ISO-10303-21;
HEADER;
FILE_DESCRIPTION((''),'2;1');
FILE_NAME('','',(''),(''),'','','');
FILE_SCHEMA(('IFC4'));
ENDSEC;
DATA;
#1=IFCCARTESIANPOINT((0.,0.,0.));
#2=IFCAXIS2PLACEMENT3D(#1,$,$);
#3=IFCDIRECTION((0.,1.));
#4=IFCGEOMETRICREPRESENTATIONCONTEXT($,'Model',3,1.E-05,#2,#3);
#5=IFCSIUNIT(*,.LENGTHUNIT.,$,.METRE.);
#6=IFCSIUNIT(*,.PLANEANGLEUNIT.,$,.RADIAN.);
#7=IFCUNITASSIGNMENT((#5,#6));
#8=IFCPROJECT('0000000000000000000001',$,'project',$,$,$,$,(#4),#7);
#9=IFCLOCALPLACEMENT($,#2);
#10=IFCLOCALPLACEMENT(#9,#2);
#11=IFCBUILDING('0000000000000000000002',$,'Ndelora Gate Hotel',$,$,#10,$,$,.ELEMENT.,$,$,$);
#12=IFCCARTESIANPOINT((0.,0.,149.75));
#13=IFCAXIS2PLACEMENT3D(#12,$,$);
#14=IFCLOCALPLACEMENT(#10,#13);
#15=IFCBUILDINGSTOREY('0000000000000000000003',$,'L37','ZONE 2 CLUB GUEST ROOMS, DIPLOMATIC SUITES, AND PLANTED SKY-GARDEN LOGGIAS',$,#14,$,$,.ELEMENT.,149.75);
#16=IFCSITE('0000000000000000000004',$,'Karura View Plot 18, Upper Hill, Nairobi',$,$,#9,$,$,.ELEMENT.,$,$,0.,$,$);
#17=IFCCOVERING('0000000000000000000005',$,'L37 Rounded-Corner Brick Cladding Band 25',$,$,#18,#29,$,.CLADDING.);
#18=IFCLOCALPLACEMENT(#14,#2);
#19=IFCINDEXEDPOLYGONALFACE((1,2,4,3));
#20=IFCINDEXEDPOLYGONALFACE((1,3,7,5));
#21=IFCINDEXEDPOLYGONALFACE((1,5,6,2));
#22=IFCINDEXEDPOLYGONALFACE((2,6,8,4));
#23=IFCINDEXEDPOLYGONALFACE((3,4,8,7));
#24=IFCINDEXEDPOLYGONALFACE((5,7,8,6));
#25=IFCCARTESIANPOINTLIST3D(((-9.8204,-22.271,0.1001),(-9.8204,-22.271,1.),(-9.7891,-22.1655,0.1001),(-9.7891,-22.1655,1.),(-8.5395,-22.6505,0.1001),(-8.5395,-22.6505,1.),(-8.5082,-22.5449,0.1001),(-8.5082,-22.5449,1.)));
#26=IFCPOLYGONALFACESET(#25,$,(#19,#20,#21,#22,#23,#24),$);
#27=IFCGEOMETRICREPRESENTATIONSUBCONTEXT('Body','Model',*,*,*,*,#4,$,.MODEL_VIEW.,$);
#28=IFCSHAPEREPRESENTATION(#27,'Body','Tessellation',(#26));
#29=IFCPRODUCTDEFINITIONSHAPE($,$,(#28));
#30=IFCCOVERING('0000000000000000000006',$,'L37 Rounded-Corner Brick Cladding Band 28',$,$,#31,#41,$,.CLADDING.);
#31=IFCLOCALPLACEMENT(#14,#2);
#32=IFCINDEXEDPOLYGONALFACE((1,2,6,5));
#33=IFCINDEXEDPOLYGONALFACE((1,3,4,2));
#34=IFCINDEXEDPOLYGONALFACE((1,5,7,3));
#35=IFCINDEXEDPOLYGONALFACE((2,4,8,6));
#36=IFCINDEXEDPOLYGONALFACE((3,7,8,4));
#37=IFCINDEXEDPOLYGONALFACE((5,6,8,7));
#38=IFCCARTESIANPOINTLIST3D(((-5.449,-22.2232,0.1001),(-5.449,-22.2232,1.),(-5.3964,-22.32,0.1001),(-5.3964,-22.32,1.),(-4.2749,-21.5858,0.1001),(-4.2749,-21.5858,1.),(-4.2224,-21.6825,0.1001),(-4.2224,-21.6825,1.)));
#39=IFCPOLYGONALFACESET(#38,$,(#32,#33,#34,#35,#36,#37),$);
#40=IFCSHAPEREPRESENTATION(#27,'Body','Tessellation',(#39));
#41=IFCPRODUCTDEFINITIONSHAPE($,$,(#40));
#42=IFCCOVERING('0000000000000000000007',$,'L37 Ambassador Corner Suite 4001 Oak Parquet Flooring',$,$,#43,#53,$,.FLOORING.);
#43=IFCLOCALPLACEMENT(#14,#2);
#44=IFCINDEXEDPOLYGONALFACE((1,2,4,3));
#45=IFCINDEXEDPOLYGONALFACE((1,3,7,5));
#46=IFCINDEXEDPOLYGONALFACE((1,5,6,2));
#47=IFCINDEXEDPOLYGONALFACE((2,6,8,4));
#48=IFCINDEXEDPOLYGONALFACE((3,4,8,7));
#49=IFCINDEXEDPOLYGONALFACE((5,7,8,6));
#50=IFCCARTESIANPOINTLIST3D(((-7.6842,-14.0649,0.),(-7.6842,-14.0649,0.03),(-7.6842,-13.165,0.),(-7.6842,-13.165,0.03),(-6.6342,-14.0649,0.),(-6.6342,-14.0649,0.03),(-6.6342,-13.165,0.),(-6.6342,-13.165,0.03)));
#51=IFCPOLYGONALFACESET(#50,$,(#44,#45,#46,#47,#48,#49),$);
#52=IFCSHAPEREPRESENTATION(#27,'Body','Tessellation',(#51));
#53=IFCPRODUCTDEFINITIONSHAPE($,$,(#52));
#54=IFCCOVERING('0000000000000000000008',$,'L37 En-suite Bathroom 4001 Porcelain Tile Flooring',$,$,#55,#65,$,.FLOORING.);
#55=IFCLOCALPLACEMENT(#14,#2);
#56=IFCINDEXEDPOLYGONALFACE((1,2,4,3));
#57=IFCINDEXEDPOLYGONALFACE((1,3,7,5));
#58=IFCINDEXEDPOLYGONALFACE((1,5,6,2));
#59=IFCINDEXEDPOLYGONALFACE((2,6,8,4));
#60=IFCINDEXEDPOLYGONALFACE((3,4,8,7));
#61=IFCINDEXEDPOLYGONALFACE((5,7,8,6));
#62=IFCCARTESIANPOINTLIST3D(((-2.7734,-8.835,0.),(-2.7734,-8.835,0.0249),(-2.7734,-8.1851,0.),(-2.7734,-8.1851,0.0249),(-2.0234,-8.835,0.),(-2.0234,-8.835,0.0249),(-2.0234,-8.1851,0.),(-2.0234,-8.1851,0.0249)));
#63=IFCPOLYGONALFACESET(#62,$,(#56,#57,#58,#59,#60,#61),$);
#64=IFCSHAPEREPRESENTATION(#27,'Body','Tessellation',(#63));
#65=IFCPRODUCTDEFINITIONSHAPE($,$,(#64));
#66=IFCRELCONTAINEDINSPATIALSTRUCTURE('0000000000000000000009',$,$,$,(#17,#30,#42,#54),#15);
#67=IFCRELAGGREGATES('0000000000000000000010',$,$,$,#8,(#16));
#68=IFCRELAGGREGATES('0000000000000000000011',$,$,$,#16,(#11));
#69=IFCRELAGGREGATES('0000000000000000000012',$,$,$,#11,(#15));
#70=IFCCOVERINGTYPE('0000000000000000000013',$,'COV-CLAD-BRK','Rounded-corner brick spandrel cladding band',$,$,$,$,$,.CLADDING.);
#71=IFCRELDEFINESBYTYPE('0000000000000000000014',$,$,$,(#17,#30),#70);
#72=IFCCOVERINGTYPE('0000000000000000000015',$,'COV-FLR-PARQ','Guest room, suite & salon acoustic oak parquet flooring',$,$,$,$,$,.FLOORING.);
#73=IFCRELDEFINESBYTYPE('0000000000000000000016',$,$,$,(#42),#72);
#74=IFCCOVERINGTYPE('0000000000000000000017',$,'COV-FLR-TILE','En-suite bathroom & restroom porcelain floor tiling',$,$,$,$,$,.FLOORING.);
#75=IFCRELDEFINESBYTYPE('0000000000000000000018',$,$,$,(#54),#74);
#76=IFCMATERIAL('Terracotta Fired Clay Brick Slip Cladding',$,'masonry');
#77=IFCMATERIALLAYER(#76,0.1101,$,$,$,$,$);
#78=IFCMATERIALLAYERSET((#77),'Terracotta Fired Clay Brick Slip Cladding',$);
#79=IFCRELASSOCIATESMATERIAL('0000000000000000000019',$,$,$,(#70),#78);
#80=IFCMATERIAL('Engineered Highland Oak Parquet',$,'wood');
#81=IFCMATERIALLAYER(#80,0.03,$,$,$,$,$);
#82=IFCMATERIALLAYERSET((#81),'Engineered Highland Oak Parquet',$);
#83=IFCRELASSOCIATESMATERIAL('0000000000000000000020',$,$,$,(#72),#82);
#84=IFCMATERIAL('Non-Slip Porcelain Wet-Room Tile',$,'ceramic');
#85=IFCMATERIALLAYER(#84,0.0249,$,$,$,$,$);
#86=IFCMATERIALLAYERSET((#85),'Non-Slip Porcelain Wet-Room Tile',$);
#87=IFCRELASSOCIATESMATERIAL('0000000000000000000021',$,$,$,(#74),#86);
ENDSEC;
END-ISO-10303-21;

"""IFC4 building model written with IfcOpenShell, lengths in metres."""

from ifc_helpers import new_model, si_unit, direction, frame, origin, origin_2d, place, context, subcontext, project, spatial, rectangle, extrude, material, layer, layer_set, type_object, element, save


model = new_model("IFC4")

# Units and contexts
model_context = context("Model", 3, precision=1e-05, world=origin(), true_north=direction((0.0, 1.0)))
body_context = subcontext(model_context, "Body", "Model", "MODEL_VIEW")
ifc_project = project(units=[si_unit("LENGTHUNIT", "METRE"), si_unit("PLANEANGLEUNIT", "RADIAN")], contexts=[model_context])

# Site, building, storey
site_placement = place(None, origin())
site = spatial("IfcSite", under=ifc_project, at=site_placement, Name="Karura View Plot 18, Upper Hill, Nairobi", CompositionType="ELEMENT", RefElevation=0.0)
building_placement = place(site_placement, origin())
building = spatial("IfcBuilding", under=site, at=building_placement, Name="Ndelora Gate Hotel", CompositionType="ELEMENT")
storey_placement = place(building_placement, frame((0.0, 0.0, 149.75)))
storey = spatial("IfcBuildingStorey", under=building, at=storey_placement, Name="L37", Description="ZONE 2 CLUB GUEST ROOMS, DIPLOMATIC SUITES, AND PLANTED SKY-GARDEN LOGGIAS", CompositionType="ELEMENT", Elevation=149.75)

# Coverings
ifc_material_1 = material(Name="Terracotta Fired Clay Brick Slip Cladding", Category="masonry")
ifc_layer_1 = layer(ifc_material_1, 0.1101)
ifc_layer_set_1 = layer_set([ifc_layer_1], Name="Terracotta Fired Clay Brick Slip Cladding")
covering_type_1 = type_object("IfcCoveringType", Name="COV-CLAD-BRK", Description="Rounded-corner brick spandrel cladding band", PredefinedType="CLADDING", material=ifc_layer_set_1)
for number, where, z_axis, x_axis, name in (
    (1, (-9.1643, -22.408, 0.1001), (0.0, 0.0, 1.0), (-0.95882, 0.284015, 0.0), "L37 Rounded-Corner Brick Cladding Band 25"),
    (2, (-4.8357, -21.9529, 0.1001), (0.0, 0.0, 1.0), (0.878817, 0.477159, 0.0), "L37 Rounded-Corner Brick Cladding Band 28"),
):
    element("IfcCovering", number, at=place(storey_placement, frame(where, z_axis=z_axis, x_axis=x_axis)), inside=storey, type_object=covering_type_1, Name=name, PredefinedType="CLADDING", context=body_context, shape_type="SweptSolid", body=[
        extrude(rectangle(XDim=1.3359, YDim=0.1101, at=origin_2d()), origin(), (0.0, 0.0, 1.0), 0.8999),
    ])
ifc_material_2 = material(Name="Engineered Highland Oak Parquet", Category="wood")
ifc_layer_2 = layer(ifc_material_2, 0.03)
ifc_layer_set_2 = layer_set([ifc_layer_2], Name="Engineered Highland Oak Parquet")
covering_type_2 = type_object("IfcCoveringType", Name="COV-FLR-PARQ", Description="Guest room, suite & salon acoustic oak parquet flooring", PredefinedType="FLOORING", material=ifc_layer_set_2)
covering_1_placement = place(storey_placement, frame((-7.1592, -13.615, 0.0), z_axis=(0.0, 0.0, 1.0), x_axis=(1.0, 0.0, 0.0)))
element("IfcCovering", 3, at=covering_1_placement, inside=storey, type_object=covering_type_2, Name="L37 Ambassador Corner Suite 4001 Oak Parquet Flooring", PredefinedType="FLOORING", context=body_context, shape_type="SweptSolid", body=[
    extrude(rectangle(XDim=1.05, YDim=0.8999, at=origin_2d()), origin(), (0.0, 0.0, 1.0), 0.03),
])
ifc_material_3 = material(Name="Non-Slip Porcelain Wet-Room Tile", Category="ceramic")
ifc_layer_3 = layer(ifc_material_3, 0.0249)
ifc_layer_set_3 = layer_set([ifc_layer_3], Name="Non-Slip Porcelain Wet-Room Tile")
covering_type_3 = type_object("IfcCoveringType", Name="COV-FLR-TILE", Description="En-suite bathroom & restroom porcelain floor tiling", PredefinedType="FLOORING", material=ifc_layer_set_3)
covering_2_placement = place(storey_placement, frame((-2.3984, -8.51, 0.0), z_axis=(0.0, 0.0, 1.0), x_axis=(1.0, 0.0, 0.0)))
element("IfcCovering", 4, at=covering_2_placement, inside=storey, type_object=covering_type_3, Name="L37 En-suite Bathroom 4001 Porcelain Tile Flooring", PredefinedType="FLOORING", context=body_context, shape_type="SweptSolid", body=[
    extrude(rectangle(XDim=0.75, YDim=0.6499, at=origin_2d()), origin(), (0.0, 0.0, 1.0), 0.0249),
])

save(model, "model.ifc")
